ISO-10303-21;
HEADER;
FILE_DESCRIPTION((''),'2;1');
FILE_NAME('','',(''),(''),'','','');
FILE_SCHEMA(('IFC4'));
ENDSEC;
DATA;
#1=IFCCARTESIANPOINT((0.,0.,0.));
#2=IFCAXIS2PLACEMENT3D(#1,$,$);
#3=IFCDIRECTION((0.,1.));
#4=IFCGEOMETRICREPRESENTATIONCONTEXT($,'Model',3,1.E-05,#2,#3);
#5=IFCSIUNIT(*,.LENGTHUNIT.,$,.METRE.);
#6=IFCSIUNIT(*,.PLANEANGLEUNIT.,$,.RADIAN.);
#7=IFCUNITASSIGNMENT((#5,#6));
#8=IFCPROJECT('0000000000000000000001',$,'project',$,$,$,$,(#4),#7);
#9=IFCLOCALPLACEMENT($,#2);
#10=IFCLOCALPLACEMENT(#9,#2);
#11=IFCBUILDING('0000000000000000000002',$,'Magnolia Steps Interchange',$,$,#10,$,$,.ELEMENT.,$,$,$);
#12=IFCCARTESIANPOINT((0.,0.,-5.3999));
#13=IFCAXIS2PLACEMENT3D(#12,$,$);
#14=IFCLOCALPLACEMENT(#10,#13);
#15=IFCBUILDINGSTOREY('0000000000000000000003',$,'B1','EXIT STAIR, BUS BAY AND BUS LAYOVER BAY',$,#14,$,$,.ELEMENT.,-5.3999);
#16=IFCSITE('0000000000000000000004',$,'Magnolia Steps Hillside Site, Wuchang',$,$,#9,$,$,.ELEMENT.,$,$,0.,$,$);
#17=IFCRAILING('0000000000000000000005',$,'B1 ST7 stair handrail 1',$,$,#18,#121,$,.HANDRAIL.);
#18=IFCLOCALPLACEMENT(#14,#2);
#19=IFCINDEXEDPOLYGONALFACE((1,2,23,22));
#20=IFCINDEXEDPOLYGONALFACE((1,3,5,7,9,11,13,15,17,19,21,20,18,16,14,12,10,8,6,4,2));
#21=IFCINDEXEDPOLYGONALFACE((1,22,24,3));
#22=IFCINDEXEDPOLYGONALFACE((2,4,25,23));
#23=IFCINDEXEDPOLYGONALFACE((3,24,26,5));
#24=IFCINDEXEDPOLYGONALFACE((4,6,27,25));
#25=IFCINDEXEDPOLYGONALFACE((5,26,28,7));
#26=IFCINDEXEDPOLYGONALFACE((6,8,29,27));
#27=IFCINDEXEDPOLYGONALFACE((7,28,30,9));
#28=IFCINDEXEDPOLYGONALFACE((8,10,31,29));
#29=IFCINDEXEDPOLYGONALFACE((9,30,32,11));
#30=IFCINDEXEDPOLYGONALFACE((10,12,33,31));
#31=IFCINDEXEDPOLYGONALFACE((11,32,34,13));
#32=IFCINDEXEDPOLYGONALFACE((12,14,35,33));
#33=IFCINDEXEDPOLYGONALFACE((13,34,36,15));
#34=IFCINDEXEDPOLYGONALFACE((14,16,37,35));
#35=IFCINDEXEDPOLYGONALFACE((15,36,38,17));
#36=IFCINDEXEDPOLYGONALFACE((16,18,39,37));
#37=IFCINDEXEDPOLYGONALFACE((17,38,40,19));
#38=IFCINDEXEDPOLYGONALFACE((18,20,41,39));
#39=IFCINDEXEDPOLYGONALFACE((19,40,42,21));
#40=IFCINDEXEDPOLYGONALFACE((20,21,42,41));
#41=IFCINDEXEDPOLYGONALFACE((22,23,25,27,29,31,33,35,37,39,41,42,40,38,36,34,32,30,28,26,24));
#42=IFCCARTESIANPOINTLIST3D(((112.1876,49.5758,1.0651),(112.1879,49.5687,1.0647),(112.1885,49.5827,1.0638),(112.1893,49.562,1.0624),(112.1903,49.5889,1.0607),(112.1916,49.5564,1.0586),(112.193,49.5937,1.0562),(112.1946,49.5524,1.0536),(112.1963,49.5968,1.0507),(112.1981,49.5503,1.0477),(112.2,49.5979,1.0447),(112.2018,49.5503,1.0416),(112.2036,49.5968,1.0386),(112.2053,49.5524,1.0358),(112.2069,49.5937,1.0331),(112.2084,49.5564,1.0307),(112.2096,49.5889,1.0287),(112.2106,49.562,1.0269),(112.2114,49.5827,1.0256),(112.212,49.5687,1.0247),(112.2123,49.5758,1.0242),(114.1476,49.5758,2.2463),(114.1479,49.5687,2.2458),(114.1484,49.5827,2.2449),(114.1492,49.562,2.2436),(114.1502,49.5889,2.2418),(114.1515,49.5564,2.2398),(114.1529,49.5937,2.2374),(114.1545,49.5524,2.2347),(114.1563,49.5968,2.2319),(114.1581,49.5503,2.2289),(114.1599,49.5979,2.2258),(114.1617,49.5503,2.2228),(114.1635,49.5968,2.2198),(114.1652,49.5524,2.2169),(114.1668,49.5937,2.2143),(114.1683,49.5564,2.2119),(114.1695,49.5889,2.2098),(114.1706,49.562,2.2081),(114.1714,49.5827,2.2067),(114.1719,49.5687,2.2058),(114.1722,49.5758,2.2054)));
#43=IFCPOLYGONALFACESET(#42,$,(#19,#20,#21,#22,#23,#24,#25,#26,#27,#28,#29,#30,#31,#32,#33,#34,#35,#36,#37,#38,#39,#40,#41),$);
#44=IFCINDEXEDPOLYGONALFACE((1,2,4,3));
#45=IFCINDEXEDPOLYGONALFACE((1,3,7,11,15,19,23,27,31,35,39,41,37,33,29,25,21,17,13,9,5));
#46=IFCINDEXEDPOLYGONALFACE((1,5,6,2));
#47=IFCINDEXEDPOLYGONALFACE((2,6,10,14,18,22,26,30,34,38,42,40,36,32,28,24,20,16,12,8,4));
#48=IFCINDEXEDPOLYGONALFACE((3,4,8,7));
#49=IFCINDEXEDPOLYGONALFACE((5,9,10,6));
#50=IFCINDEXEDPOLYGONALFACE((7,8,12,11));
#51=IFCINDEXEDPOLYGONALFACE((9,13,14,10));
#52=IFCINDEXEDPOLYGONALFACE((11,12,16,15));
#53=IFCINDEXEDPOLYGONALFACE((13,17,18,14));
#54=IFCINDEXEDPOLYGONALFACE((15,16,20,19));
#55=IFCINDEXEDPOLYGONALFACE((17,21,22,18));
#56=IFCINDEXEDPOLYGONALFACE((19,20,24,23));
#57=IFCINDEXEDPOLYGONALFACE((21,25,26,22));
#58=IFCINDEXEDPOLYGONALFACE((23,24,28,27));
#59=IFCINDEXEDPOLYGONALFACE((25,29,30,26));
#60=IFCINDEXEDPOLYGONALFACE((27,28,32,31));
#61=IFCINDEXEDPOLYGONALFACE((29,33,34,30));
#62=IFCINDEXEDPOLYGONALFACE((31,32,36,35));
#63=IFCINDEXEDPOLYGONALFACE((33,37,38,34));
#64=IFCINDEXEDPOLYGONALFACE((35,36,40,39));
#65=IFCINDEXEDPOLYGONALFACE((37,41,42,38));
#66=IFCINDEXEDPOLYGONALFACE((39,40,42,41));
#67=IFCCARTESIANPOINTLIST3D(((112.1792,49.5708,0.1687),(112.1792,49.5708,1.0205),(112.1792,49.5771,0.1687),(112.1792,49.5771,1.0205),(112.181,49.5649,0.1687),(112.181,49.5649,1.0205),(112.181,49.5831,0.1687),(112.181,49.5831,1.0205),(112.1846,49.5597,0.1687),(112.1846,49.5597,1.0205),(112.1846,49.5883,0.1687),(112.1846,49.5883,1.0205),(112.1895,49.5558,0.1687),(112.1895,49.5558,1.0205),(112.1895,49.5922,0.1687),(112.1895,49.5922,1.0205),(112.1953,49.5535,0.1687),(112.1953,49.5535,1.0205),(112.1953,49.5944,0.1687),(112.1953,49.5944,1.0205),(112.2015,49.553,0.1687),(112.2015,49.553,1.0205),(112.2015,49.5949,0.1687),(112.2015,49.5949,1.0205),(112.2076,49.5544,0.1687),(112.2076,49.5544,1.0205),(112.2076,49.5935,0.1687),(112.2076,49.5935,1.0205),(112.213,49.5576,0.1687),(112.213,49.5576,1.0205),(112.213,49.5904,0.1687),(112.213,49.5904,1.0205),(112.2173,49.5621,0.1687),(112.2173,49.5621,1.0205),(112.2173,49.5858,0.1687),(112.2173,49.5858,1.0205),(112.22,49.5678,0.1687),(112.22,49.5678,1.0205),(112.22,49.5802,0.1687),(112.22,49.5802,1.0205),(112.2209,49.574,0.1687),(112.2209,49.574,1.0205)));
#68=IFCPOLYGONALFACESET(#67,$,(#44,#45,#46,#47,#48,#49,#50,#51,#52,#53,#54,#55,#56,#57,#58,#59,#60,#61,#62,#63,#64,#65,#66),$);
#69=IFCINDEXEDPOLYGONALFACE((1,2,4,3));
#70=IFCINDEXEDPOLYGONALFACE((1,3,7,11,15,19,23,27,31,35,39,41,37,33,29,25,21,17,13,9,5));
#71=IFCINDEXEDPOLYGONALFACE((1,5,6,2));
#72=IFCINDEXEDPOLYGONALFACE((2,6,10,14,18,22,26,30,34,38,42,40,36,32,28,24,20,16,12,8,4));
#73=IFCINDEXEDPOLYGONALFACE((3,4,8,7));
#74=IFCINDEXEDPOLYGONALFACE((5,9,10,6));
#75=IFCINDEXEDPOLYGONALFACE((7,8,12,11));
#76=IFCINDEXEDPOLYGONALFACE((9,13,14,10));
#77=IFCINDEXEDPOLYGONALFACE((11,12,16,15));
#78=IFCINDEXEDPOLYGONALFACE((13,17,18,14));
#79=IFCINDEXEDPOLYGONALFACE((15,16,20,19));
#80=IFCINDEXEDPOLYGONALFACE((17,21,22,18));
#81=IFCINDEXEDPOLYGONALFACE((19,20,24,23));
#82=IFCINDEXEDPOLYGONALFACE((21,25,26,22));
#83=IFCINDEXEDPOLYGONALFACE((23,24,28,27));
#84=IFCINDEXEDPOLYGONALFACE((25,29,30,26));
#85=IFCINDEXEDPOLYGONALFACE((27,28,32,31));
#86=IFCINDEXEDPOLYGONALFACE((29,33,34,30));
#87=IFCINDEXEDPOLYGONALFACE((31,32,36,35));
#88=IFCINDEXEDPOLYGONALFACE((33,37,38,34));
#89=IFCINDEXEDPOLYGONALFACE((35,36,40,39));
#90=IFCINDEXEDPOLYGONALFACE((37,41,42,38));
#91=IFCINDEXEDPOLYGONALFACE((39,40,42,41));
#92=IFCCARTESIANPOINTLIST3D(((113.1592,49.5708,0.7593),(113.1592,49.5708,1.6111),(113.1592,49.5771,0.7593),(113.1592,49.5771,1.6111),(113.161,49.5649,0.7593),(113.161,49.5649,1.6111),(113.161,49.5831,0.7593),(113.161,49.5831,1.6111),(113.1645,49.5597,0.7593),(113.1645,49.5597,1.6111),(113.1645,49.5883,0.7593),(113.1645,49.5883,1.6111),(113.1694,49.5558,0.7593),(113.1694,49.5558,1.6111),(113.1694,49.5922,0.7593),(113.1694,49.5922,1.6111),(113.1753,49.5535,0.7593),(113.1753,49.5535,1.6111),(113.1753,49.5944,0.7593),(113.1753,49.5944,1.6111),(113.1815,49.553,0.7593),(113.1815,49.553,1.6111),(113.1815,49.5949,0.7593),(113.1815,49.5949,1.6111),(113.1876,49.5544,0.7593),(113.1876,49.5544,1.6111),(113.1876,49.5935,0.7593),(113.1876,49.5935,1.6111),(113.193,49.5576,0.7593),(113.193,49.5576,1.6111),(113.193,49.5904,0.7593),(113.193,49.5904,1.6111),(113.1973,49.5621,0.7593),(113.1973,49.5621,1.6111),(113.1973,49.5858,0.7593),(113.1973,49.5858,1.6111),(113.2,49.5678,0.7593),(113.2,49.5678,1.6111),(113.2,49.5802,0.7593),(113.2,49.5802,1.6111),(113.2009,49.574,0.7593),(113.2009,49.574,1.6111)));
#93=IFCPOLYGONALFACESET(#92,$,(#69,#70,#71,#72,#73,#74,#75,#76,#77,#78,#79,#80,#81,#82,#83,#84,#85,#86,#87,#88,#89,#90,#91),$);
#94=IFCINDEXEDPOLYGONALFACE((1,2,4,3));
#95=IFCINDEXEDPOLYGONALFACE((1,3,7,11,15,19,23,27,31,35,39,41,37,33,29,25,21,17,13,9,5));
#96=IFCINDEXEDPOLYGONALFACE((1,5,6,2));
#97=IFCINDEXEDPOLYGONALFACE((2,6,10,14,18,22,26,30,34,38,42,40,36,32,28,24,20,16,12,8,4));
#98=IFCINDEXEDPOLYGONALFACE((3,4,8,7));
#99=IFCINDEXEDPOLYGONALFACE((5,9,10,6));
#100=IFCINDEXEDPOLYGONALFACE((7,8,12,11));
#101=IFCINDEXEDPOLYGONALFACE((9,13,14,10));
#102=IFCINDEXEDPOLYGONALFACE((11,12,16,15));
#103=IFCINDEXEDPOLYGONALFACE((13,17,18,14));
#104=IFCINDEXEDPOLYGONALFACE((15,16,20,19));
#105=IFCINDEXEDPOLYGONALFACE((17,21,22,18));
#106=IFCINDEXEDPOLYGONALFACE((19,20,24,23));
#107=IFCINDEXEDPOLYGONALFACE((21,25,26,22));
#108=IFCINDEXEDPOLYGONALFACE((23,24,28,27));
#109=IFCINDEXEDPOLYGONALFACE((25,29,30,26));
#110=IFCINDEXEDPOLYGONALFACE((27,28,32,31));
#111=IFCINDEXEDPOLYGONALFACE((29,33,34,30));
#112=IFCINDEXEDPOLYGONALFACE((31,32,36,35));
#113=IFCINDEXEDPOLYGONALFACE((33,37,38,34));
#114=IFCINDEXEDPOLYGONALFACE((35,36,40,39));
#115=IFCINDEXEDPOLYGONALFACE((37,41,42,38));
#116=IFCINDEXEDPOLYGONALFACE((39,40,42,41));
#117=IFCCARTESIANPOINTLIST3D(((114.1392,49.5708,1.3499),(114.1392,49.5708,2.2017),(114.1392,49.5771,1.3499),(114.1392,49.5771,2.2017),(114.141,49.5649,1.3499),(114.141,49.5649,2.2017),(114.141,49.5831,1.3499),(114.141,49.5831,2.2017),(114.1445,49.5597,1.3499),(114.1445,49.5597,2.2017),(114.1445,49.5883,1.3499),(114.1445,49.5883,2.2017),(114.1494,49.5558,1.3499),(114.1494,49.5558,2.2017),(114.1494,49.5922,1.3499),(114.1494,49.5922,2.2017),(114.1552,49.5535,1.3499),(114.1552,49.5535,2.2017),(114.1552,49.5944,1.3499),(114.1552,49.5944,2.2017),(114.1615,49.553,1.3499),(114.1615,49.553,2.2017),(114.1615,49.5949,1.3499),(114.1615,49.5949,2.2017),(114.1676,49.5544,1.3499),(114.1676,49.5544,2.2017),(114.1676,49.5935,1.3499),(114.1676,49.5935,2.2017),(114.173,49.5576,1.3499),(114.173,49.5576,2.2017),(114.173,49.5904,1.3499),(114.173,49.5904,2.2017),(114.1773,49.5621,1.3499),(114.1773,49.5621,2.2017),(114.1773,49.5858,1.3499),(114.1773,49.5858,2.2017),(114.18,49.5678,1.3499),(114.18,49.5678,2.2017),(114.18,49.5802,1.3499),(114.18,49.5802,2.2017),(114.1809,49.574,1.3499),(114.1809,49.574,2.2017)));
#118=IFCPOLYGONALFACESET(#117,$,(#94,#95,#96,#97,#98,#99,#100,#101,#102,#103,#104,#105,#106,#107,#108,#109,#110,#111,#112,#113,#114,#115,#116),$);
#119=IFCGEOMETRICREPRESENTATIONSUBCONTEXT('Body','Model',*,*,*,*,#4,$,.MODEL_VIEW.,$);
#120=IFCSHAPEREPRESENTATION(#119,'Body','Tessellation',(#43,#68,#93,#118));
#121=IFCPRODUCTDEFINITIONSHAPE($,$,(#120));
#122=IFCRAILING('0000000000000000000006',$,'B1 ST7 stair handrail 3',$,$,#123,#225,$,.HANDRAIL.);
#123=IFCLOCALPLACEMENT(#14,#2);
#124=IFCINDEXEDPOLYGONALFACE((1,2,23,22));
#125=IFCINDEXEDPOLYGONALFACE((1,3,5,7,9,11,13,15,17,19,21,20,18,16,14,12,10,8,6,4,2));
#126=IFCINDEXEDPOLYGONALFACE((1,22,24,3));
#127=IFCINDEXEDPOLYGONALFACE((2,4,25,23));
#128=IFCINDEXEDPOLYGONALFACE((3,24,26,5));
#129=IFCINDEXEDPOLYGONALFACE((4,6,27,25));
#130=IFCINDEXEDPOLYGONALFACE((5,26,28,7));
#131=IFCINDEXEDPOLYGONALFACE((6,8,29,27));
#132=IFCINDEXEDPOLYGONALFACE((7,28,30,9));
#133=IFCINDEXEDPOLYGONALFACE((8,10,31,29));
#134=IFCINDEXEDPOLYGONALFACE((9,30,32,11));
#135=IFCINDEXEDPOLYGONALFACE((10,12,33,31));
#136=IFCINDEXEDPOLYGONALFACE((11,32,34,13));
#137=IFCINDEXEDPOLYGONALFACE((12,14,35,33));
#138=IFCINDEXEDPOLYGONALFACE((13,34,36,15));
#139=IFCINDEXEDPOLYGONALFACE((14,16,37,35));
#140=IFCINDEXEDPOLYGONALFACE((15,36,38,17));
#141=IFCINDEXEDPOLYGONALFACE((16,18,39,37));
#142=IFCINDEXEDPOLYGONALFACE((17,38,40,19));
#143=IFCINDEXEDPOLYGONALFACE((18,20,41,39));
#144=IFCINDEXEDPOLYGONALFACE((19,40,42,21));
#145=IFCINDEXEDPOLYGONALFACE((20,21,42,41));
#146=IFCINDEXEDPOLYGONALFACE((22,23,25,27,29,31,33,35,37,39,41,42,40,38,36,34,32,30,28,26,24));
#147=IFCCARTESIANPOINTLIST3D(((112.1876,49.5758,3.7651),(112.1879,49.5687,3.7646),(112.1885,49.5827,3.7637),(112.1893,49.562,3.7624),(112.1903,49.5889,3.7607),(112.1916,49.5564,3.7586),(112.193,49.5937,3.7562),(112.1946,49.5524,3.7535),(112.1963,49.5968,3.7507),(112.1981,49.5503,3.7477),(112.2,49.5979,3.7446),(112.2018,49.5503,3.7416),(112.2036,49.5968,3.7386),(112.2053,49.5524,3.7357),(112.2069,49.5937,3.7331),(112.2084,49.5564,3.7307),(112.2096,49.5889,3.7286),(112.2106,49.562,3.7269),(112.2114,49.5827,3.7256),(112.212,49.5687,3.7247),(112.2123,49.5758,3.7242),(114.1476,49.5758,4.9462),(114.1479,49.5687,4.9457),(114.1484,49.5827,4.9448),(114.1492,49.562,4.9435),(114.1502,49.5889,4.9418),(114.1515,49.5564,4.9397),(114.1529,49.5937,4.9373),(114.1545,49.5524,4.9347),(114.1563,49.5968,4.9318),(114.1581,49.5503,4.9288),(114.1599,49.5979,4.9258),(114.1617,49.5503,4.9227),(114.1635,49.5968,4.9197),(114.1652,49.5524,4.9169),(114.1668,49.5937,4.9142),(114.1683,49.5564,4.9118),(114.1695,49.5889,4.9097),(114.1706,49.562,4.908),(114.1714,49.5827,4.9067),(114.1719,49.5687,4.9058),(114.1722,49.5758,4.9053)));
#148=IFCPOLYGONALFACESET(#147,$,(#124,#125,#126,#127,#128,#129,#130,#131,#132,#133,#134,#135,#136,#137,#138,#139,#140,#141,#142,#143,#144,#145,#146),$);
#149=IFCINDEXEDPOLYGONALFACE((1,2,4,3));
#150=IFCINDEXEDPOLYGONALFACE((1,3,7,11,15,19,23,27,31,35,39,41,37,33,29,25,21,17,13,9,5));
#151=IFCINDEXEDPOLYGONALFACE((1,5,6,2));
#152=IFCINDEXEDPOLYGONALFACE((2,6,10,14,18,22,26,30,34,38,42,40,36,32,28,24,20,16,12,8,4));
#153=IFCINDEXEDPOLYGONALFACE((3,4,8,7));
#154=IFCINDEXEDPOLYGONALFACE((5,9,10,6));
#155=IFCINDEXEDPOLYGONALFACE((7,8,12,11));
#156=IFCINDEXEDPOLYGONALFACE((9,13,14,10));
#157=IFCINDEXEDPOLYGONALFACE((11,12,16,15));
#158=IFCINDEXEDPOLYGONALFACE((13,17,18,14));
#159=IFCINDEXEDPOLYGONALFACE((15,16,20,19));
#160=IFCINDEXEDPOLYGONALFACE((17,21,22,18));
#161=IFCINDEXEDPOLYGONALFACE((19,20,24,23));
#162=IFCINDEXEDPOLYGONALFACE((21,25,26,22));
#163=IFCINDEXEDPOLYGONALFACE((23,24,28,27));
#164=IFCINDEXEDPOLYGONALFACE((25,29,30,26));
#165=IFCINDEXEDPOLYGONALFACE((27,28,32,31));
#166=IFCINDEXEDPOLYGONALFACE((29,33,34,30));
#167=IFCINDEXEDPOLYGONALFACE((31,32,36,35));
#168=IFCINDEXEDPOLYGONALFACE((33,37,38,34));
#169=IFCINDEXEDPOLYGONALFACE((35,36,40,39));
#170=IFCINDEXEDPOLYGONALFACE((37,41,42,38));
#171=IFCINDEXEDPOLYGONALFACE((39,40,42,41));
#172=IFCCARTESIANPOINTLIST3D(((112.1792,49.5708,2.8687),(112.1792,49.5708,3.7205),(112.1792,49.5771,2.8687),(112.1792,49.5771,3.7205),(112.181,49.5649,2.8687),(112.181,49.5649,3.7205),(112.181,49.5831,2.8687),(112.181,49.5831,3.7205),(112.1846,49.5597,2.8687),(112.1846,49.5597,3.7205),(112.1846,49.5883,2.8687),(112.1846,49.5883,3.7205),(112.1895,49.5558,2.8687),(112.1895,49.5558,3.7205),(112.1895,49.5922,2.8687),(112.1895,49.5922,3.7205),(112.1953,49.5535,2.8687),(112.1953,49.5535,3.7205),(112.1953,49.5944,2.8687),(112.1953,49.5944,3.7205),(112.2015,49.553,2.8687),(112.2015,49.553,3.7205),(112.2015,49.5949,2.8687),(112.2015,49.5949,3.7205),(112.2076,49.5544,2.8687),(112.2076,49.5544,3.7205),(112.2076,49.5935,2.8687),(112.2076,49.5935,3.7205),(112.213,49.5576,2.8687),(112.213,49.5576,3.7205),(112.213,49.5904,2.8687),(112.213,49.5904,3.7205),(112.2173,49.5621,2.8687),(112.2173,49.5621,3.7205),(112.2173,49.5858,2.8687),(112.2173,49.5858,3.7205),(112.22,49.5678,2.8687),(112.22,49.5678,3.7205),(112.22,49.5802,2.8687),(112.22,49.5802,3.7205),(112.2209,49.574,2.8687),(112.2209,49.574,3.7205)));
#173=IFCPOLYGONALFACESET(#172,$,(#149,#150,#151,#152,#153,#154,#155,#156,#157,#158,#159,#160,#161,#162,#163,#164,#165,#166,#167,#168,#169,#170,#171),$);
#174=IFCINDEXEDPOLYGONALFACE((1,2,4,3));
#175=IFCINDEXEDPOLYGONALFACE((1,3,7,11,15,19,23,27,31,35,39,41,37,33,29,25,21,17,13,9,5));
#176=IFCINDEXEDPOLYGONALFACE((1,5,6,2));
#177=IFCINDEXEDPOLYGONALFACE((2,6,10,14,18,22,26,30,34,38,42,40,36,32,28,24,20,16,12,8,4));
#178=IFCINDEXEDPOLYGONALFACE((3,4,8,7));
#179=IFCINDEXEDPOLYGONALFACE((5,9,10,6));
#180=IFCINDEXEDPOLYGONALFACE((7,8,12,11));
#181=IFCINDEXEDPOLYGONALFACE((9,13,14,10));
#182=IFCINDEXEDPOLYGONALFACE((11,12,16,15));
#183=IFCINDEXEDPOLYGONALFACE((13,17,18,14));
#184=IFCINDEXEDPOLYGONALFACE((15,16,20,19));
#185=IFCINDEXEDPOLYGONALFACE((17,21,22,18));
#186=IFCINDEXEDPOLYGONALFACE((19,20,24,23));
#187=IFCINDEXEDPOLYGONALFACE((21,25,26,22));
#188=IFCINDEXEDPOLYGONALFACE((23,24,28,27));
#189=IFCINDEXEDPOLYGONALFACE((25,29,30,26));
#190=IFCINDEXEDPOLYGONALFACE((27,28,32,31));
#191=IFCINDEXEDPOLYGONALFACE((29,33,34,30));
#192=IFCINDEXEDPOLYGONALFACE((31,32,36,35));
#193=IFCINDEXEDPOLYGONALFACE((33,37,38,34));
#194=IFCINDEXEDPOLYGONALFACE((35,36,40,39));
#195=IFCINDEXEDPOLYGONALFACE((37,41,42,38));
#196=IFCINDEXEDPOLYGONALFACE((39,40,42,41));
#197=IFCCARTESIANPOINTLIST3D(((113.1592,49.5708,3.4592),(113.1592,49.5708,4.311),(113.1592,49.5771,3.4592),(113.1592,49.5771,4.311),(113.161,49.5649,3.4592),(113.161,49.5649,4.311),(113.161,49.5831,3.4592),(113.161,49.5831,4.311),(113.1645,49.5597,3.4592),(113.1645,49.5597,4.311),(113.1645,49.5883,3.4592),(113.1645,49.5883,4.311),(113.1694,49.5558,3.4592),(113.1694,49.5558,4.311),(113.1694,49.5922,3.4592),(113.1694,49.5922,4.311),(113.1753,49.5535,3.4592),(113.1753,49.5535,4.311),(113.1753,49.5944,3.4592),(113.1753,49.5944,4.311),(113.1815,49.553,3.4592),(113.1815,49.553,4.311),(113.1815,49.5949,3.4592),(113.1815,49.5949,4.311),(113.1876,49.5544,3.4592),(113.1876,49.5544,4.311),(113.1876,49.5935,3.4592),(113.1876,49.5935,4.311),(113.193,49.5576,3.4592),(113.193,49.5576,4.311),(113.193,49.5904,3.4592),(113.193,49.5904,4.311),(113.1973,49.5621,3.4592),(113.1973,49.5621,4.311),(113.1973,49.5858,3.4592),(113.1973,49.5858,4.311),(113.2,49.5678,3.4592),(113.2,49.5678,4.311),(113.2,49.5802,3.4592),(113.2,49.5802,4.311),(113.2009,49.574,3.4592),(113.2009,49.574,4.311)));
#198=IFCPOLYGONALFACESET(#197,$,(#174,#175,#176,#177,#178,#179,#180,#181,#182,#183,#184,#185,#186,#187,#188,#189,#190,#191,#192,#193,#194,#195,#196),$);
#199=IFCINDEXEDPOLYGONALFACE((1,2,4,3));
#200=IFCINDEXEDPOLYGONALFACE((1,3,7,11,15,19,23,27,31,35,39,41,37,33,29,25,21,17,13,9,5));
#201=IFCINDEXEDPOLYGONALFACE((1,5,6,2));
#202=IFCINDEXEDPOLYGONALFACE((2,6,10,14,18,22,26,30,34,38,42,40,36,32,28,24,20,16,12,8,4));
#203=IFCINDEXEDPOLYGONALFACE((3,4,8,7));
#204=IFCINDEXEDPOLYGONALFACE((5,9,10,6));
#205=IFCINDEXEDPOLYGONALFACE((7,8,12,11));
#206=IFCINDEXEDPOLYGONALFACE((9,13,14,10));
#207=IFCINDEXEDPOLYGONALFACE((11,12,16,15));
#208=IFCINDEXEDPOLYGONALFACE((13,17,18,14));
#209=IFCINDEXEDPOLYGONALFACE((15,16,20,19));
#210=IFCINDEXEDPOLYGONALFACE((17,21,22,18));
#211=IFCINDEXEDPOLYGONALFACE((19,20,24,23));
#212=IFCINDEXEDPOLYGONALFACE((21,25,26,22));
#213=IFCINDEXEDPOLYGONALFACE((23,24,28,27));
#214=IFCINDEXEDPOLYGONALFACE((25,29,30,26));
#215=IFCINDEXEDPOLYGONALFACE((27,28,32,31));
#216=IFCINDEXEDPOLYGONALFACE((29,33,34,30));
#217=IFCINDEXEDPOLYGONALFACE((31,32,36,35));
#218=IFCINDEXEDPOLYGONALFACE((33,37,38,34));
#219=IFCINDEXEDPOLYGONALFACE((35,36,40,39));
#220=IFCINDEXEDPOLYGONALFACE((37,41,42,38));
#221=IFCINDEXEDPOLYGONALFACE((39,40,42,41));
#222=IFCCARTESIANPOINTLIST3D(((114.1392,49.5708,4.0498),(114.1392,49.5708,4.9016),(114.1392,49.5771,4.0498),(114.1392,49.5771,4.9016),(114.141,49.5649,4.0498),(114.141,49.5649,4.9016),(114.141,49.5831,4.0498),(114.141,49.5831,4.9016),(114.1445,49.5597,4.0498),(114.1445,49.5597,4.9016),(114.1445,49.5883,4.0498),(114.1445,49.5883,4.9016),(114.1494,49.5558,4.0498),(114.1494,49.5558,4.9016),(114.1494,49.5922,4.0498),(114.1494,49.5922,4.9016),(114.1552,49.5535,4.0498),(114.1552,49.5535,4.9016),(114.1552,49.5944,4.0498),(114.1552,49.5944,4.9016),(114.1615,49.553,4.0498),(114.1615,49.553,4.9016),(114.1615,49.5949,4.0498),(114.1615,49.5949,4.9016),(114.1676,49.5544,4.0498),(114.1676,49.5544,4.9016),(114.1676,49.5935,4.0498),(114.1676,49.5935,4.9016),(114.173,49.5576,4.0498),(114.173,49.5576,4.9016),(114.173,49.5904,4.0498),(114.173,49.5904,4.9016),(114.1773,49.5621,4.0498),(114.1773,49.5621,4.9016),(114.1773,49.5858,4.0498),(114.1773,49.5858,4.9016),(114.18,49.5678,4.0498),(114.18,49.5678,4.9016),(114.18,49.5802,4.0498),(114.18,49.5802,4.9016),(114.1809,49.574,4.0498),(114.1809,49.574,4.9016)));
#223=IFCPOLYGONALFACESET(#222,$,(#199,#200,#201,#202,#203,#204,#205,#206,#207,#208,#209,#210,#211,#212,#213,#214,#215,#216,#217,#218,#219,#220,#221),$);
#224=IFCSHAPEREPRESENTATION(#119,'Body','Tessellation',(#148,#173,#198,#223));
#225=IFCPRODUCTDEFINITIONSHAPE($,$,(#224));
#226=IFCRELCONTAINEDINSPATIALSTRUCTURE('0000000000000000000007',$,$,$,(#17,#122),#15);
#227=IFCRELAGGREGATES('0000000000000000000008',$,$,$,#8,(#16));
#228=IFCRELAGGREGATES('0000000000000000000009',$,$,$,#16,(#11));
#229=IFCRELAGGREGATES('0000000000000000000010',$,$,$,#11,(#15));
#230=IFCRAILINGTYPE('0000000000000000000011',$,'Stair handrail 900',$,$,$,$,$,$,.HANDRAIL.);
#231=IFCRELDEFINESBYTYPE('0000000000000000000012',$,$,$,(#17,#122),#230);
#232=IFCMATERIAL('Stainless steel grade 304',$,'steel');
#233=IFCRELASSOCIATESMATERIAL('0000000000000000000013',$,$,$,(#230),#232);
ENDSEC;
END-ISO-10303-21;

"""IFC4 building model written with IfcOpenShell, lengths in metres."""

from ifc_helpers import new_model, si_unit, direction, frame, origin, origin_2d, place, context, subcontext, project, spatial, circle, extrude, material, type_object, element, save


model = new_model("IFC4")

# Units and contexts
model_context = context("Model", 3, precision=1e-05, world=origin(), true_north=direction((0.0, 1.0)))
body_context = subcontext(model_context, "Body", "Model", "MODEL_VIEW")
ifc_project = project(units=[si_unit("LENGTHUNIT", "METRE"), si_unit("PLANEANGLEUNIT", "RADIAN")], contexts=[model_context])

# Site, building, storey
site_placement = place(None, origin())
site = spatial("IfcSite", under=ifc_project, at=site_placement, Name="Magnolia Steps Hillside Site, Wuchang", CompositionType="ELEMENT", RefElevation=0.0)
building_placement = place(site_placement, origin())
building = spatial("IfcBuilding", under=site, at=building_placement, Name="Magnolia Steps Interchange", CompositionType="ELEMENT")
storey_placement = place(building_placement, frame((0.0, 0.0, -5.3999)))
storey = spatial("IfcBuildingStorey", under=building, at=storey_placement, Name="B1", Description="EXIT STAIR, BUS BAY AND BUS LAYOVER BAY", CompositionType="ELEMENT", Elevation=-5.3999)

# Railings
ifc_material_1 = material(Name="Stainless steel grade 304", Category="steel")
railing_type_1 = type_object("IfcRailingType", Name="Stair handrail 900", PredefinedType="HANDRAIL", material=ifc_material_1)
for number, where, name in (
    (1, (112.2, 49.574, 0.1687), "B1 ST7 stair handrail 1"),
    (2, (112.2, 49.574, 2.8687), "B1 ST7 stair handrail 3"),
):
    element("IfcRailing", number, at=place(storey_placement, frame(where)), inside=storey, type_object=railing_type_1, Name=name, PredefinedType="HANDRAIL", context=body_context, shape_type="SweptSolid", body=[
        extrude(circle(Radius=0.0239, at=origin_2d()), frame((0.0, 0.0, 0.876), z_axis=(0.856493, 0.0, 0.516158), x_axis=(0.0, 1.0, 0.0)), (0.0, 0.0, 1.0), 2.2883),
        extrude(circle(Radius=0.021, at=origin_2d()), origin(), (0.0, 0.0, 1.0), 0.8518),
        extrude(circle(Radius=0.021, at=origin_2d()), frame((0.98, 0.0, 0.5906)), (0.0, 0.0, 1.0), 0.8518),
        extrude(circle(Radius=0.021, at=origin_2d()), frame((1.96, 0.0, 1.1812)), (0.0, 0.0, 1.0), 0.8518),
    ])

save(model, "model.ifc")
